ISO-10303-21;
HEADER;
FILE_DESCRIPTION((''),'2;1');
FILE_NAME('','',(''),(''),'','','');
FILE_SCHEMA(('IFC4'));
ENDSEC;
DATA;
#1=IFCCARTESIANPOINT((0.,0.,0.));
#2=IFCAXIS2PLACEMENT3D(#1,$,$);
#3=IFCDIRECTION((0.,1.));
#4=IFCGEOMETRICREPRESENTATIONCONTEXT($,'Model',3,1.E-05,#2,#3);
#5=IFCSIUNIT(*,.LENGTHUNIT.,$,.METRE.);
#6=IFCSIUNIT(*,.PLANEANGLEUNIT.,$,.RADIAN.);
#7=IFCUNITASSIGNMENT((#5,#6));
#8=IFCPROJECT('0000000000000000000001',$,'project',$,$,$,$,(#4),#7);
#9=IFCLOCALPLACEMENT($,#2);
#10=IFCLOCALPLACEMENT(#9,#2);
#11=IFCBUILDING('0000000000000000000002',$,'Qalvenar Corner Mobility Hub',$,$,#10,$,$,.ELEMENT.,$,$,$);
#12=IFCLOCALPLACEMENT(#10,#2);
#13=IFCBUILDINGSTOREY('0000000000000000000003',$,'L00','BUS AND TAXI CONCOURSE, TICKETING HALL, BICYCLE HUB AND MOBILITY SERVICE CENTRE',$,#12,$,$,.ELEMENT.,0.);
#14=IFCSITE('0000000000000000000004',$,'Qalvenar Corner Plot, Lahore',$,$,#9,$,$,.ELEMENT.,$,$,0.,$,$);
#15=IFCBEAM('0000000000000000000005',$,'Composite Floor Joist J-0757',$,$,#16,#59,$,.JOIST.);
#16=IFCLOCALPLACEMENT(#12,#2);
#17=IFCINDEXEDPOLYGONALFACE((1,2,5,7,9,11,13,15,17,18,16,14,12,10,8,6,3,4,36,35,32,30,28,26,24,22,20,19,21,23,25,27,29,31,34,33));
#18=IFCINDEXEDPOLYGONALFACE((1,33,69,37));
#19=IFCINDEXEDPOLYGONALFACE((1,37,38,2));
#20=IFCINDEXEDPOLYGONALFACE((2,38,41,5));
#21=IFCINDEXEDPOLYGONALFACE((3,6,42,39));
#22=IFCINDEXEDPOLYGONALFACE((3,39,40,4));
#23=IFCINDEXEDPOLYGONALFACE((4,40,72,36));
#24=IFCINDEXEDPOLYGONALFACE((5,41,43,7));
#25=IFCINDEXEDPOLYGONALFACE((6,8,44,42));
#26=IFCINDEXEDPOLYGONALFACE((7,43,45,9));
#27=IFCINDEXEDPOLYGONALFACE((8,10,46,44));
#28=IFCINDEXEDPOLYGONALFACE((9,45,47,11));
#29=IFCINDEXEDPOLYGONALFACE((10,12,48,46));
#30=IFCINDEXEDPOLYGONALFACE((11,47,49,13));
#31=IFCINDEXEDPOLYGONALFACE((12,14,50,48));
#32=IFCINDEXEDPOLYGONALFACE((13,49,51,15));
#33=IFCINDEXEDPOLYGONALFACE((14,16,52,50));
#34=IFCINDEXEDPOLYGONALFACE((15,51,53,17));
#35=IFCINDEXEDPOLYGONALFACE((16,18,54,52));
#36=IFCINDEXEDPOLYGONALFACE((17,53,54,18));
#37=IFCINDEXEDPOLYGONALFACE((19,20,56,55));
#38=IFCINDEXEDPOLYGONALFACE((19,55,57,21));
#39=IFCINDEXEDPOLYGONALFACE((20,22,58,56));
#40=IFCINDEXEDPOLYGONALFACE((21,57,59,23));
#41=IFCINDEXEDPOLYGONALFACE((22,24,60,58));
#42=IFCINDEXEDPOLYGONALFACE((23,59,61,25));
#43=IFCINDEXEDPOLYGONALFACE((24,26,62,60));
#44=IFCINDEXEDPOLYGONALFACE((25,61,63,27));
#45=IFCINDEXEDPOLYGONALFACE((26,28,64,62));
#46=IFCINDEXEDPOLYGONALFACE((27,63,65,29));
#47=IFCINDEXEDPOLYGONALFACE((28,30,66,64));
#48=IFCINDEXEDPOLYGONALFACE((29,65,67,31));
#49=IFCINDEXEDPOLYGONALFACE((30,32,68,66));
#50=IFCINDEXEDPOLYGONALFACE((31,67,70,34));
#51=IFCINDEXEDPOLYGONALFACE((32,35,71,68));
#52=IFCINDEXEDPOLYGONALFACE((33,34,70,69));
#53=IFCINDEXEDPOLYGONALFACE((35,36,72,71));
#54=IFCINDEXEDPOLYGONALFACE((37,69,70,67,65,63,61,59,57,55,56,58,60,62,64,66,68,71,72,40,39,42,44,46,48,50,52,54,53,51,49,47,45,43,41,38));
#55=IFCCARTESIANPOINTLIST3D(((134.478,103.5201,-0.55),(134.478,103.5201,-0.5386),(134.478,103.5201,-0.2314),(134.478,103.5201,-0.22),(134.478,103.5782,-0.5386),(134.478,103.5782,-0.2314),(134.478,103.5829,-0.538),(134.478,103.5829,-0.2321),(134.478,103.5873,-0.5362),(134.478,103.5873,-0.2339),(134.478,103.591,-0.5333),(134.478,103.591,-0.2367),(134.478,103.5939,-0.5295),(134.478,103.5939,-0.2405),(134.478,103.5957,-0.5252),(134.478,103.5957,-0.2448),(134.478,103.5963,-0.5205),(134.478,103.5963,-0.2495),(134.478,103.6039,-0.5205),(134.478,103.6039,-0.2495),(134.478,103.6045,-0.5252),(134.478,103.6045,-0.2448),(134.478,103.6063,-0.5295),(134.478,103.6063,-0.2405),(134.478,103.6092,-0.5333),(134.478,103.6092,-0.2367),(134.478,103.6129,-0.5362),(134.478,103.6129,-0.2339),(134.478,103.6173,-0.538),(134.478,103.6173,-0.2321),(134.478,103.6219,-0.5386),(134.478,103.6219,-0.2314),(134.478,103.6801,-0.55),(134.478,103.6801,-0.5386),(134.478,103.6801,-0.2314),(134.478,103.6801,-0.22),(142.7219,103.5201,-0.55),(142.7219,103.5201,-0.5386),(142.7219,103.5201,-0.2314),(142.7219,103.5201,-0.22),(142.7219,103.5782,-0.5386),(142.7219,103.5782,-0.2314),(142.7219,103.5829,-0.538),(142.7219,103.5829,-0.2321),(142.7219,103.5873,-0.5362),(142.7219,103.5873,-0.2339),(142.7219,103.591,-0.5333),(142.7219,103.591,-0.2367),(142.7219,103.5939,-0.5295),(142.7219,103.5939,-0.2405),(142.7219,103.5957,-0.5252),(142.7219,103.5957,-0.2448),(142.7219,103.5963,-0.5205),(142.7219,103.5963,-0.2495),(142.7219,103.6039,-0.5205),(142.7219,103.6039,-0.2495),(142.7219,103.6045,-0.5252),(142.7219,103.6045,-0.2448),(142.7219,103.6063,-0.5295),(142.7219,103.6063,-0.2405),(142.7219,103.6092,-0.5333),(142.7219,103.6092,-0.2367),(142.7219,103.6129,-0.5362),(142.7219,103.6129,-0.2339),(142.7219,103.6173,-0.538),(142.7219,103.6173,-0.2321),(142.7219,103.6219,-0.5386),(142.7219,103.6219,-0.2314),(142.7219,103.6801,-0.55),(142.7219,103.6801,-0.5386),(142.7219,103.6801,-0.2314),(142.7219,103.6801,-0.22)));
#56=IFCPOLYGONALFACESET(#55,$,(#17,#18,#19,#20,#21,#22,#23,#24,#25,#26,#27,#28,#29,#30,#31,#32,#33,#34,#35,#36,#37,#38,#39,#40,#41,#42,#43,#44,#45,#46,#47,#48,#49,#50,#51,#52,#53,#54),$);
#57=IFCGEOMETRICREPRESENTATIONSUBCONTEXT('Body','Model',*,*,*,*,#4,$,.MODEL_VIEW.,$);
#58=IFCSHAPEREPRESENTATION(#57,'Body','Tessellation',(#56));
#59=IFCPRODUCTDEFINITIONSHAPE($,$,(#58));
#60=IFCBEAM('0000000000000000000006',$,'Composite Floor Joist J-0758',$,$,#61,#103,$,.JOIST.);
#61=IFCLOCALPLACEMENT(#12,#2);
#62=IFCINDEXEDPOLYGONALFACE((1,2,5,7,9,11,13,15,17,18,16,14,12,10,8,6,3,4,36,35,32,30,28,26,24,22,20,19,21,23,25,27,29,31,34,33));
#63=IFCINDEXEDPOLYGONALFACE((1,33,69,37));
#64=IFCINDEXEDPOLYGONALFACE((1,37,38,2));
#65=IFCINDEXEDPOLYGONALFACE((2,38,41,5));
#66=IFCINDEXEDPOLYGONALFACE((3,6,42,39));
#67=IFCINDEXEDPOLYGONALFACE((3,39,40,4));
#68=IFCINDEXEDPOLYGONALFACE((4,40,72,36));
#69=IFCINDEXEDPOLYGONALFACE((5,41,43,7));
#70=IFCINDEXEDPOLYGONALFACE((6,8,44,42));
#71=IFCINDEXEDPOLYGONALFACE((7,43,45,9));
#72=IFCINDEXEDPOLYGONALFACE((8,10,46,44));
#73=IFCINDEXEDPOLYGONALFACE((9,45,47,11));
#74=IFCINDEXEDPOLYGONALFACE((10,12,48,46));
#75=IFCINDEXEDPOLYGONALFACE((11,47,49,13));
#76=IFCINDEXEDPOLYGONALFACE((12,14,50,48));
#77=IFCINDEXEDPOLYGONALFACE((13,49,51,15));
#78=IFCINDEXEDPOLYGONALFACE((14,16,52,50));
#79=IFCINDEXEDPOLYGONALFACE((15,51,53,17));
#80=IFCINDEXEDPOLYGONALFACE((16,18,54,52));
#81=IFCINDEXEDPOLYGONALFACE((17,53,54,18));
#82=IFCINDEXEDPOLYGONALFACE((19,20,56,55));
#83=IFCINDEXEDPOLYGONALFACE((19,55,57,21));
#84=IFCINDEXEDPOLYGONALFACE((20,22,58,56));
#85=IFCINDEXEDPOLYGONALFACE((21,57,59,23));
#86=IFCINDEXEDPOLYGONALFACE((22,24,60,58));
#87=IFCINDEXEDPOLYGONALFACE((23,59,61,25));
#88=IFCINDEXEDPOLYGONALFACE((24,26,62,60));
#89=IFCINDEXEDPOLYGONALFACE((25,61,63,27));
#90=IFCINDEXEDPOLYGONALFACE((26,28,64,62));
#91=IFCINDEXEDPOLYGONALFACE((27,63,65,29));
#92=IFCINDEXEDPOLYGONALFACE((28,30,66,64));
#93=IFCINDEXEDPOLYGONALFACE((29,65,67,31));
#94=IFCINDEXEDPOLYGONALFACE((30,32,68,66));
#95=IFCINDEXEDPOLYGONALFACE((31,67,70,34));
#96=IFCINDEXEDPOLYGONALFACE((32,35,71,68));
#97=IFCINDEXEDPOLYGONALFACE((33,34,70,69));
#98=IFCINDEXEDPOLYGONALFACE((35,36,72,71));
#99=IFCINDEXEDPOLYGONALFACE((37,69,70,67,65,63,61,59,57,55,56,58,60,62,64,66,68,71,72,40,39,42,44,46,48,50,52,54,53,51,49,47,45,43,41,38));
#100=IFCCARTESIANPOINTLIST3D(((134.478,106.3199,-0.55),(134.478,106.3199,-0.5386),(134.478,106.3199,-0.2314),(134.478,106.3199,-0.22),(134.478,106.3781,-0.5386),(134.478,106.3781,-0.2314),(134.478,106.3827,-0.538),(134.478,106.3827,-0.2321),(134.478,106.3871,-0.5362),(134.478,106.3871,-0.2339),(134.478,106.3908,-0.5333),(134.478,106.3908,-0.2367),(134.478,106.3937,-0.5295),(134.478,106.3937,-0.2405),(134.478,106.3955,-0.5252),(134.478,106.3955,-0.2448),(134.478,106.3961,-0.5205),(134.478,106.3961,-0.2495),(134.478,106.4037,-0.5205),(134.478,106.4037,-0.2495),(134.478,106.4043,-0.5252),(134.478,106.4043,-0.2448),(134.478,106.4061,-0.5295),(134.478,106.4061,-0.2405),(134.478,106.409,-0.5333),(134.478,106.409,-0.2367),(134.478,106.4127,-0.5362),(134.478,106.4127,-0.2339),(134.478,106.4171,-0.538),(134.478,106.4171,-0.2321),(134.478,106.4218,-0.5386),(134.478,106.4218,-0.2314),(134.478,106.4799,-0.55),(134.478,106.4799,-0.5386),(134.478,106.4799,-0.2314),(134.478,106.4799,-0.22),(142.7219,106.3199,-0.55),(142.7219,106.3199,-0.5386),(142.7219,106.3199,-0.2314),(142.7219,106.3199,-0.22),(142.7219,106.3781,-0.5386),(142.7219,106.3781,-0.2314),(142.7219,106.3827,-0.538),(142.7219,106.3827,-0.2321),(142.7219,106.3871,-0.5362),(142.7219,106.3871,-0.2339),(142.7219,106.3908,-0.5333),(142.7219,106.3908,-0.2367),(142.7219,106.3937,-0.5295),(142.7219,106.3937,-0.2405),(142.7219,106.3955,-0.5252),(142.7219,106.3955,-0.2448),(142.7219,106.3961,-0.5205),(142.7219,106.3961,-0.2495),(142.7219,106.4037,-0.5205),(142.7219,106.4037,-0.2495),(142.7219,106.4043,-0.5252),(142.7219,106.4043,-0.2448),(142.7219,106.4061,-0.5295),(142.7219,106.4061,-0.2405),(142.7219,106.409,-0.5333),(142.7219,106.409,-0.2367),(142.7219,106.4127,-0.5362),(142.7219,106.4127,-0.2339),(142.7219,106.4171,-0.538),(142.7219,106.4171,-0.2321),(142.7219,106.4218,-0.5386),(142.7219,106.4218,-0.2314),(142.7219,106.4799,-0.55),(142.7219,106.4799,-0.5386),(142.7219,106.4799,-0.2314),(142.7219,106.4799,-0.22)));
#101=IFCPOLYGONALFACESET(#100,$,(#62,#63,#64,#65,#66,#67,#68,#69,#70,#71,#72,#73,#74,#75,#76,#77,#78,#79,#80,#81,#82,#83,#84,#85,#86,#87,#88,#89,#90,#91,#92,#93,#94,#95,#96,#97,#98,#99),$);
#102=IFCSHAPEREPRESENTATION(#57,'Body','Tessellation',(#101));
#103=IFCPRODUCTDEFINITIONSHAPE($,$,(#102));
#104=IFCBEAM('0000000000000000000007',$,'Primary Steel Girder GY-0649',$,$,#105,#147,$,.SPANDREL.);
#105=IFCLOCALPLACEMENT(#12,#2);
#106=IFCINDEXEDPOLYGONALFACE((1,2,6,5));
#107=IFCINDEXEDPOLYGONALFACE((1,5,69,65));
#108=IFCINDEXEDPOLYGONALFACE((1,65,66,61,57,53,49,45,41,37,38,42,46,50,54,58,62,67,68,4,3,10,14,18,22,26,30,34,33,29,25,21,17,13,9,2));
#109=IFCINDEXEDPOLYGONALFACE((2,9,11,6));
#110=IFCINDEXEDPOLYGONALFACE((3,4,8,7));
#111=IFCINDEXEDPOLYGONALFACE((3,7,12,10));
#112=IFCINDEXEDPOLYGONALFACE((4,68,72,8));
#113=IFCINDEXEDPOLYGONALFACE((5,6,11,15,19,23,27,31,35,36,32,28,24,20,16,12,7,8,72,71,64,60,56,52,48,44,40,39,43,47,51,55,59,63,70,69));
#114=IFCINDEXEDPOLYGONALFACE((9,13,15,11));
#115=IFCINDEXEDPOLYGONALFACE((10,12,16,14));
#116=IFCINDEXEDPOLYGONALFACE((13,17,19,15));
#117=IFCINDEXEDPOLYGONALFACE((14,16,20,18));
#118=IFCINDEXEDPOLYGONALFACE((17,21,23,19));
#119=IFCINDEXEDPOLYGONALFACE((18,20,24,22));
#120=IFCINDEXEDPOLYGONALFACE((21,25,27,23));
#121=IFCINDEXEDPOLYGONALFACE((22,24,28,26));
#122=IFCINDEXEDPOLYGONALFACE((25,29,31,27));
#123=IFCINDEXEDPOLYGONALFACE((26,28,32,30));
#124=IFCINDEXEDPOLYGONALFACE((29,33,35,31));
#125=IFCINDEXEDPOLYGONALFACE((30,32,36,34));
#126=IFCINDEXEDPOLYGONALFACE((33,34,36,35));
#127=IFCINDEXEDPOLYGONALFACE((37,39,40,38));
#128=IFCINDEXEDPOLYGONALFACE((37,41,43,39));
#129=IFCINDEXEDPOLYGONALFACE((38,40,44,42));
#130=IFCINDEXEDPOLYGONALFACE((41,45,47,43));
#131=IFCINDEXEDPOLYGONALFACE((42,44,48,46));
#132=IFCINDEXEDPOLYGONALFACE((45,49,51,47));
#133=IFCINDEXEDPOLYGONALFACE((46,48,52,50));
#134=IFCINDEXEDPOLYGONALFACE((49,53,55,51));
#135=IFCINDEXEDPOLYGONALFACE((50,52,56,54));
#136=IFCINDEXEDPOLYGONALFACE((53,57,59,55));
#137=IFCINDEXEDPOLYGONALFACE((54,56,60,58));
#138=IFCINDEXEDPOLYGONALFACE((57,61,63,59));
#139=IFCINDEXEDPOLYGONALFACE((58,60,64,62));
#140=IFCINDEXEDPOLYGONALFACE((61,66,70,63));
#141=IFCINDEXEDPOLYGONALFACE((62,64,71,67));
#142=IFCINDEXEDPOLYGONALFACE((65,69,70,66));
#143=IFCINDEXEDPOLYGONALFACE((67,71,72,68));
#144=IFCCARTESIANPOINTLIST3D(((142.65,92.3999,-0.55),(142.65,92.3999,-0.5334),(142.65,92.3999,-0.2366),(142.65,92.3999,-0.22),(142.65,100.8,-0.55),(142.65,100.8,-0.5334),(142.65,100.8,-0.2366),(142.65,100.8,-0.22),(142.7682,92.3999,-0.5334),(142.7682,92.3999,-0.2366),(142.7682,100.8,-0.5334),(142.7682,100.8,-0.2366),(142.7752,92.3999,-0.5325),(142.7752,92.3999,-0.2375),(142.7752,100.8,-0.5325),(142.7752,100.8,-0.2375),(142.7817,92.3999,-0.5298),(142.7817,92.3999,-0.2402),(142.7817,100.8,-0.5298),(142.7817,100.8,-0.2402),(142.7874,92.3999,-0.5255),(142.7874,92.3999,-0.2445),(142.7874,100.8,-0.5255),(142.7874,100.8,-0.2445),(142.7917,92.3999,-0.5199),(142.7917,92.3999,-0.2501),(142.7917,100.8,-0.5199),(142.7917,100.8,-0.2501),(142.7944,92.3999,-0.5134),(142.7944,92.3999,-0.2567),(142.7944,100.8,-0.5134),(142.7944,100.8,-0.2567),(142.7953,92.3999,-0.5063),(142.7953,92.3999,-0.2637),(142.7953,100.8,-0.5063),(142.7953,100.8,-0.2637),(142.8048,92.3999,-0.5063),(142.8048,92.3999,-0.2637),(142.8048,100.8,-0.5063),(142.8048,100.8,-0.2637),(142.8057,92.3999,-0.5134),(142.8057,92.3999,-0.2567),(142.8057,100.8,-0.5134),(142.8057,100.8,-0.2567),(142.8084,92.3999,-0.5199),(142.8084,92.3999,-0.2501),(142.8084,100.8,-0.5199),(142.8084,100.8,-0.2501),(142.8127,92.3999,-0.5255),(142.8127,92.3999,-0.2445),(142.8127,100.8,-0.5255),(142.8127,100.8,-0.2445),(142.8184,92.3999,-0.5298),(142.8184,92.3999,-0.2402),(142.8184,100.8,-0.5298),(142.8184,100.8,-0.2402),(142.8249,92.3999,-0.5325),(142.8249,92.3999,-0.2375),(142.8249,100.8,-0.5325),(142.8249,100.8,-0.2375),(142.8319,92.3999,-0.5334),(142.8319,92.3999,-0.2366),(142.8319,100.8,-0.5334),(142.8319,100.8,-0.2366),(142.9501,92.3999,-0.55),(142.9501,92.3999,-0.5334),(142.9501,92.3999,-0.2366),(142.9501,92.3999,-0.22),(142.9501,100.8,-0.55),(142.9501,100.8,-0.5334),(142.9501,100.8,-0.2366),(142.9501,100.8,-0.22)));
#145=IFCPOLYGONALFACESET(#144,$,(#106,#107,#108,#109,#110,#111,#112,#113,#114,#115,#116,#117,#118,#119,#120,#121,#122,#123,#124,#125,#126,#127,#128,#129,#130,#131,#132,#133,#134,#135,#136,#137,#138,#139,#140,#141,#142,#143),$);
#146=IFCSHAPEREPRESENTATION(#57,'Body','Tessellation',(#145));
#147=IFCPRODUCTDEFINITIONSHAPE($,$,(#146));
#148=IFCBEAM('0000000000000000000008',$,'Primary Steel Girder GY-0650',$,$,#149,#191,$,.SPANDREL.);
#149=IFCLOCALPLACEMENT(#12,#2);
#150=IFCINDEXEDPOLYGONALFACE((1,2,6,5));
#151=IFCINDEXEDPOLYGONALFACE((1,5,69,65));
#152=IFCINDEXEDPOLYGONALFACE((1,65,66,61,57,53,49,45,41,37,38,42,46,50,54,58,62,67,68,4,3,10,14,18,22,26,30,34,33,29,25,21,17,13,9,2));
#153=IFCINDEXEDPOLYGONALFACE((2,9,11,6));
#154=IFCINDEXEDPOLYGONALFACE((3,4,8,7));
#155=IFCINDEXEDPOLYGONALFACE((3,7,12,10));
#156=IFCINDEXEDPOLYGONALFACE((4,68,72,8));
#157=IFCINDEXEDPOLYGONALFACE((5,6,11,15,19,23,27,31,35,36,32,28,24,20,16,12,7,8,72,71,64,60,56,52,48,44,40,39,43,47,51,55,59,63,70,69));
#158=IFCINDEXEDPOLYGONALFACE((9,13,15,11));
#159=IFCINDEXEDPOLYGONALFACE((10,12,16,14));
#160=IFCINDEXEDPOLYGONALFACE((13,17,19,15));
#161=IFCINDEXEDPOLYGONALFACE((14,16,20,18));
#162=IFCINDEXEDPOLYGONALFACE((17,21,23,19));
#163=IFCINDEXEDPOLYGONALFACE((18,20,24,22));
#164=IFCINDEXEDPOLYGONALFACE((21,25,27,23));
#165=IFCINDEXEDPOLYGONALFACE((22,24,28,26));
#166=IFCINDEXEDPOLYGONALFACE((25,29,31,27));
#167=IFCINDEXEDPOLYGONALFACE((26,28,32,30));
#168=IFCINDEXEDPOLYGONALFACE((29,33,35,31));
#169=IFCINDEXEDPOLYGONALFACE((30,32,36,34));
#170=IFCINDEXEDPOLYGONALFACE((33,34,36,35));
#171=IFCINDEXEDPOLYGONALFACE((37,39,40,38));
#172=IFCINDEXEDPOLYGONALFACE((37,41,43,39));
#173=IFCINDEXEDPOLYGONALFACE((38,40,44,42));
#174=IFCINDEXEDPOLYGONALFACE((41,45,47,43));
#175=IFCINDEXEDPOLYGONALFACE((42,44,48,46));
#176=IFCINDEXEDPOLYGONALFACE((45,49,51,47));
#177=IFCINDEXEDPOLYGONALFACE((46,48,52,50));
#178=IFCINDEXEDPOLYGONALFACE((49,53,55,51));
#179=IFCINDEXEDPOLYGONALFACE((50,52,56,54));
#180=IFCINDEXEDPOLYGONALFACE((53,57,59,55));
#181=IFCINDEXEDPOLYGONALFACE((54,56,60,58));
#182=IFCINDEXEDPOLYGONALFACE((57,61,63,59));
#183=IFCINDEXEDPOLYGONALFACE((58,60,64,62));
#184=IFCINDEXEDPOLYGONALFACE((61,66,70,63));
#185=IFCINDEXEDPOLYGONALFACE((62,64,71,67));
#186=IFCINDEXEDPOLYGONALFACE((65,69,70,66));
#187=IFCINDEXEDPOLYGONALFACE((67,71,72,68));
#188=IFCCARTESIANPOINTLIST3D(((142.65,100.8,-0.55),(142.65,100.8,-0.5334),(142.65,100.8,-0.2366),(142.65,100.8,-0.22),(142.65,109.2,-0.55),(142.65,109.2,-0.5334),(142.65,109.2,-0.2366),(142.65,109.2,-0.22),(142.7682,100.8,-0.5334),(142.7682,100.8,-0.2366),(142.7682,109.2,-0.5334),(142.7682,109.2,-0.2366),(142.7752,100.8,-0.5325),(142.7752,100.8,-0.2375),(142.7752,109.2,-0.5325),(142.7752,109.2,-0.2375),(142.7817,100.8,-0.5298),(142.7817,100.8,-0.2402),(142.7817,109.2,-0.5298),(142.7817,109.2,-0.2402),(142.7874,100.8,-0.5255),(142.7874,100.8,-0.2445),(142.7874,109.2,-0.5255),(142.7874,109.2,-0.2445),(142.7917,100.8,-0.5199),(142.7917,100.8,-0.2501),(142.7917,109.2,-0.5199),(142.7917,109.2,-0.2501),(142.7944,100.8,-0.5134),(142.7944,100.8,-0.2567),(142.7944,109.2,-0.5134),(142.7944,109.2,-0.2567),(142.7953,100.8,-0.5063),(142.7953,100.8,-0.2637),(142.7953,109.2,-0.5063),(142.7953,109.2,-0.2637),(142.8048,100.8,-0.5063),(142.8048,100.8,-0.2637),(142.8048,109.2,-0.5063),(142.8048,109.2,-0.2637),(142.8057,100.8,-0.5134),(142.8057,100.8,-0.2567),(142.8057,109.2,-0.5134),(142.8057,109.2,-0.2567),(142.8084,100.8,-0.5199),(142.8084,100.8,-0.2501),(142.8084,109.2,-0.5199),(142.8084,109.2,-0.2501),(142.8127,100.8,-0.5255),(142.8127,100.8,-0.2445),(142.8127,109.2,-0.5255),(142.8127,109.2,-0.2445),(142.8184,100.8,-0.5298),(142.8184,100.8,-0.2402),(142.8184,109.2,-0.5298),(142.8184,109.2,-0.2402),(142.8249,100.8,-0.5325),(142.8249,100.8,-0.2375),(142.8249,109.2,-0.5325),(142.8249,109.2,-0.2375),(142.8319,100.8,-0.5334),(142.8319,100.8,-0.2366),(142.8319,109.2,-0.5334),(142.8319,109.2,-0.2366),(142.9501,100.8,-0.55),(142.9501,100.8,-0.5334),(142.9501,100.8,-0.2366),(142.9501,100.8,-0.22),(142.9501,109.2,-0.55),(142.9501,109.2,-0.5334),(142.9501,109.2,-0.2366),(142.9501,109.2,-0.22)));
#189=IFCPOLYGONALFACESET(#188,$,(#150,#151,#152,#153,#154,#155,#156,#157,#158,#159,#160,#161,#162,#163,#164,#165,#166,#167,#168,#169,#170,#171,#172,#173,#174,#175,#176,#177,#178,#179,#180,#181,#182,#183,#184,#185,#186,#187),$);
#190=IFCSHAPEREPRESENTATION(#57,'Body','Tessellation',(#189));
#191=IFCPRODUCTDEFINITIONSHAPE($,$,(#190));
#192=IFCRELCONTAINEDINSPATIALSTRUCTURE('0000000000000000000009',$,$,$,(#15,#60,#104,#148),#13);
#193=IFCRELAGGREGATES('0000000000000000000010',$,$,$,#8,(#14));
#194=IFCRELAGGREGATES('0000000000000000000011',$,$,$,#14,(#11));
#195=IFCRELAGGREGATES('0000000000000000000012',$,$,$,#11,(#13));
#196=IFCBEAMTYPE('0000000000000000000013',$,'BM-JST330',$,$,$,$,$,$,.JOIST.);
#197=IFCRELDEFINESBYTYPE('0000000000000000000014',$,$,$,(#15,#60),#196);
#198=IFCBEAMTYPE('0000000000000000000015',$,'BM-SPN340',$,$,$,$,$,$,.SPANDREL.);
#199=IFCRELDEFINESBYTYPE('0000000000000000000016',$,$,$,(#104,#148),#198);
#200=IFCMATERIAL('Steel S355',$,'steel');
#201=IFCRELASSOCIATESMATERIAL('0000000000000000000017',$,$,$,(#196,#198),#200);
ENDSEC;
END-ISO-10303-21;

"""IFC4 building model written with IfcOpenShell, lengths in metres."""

from ifc_helpers import new_model, si_unit, direction, frame, origin, origin_2d, place, context, subcontext, project, spatial, i_section, extrude, material, material_profile, profile_set, type_object, element, save


model = new_model("IFC4")

# Units and contexts
model_context = context("Model", 3, precision=1e-05, world=origin(), true_north=direction((0.0, 1.0)))
body_context = subcontext(model_context, "Body", "Model", "MODEL_VIEW")
ifc_project = project(units=[si_unit("LENGTHUNIT", "METRE"), si_unit("PLANEANGLEUNIT", "RADIAN")], contexts=[model_context])

# Site, building, storey
site_placement = place(None, origin())
site = spatial("IfcSite", under=ifc_project, at=site_placement, Name="Qalvenar Corner Plot, Lahore", CompositionType="ELEMENT", RefElevation=0.0)
building_placement = place(site_placement, origin())
building = spatial("IfcBuilding", under=site, at=building_placement, Name="Qalvenar Corner Mobility Hub", CompositionType="ELEMENT")
storey_placement = place(building_placement, origin())
storey = spatial("IfcBuildingStorey", under=building, at=storey_placement, Name="L00", Description="BUS AND TAXI CONCOURSE, TICKETING HALL, BICYCLE HUB AND MOBILITY SERVICE CENTRE", CompositionType="ELEMENT", Elevation=0.0)

# Shared definitions
ifc_material_1 = material(Name="Steel S355", Category="steel")

# Beams
ifc_material_profile_1 = material_profile(ifc_material_1, i_section(OverallWidth=0.1599, OverallDepth=0.3301, WebThickness=0.0076, FlangeThickness=0.0115, FilletRadius=0.0181, at=origin_2d()), Name="IPE330")
ifc_profile_set_1 = profile_set([ifc_material_profile_1], Name="Steel S355")
beam_type_1 = type_object("IfcBeamType", Name="BM-JST330", PredefinedType="JOIST", material=ifc_profile_set_1)
for number, where, z_axis, x_axis, name in (
    (1, (134.478, 103.6001, -0.385), (1.0, 0.0, 0.0), (0.0, 1.0, 0.0), "Composite Floor Joist J-0757"),
    (2, (134.478, 106.3999, -0.385), (1.0, 0.0, 0.0), (0.0, 1.0, 0.0), "Composite Floor Joist J-0758"),
):
    element("IfcBeam", number, at=place(storey_placement, frame(where, z_axis=z_axis, x_axis=x_axis)), inside=storey, type_object=beam_type_1, Name=name, PredefinedType="JOIST", context=body_context, shape_type="SweptSolid", body=[
        extrude(i_section(OverallWidth=0.1599, OverallDepth=0.3301, WebThickness=0.0076, FlangeThickness=0.0115, FilletRadius=0.0181, at=origin_2d()), origin(), (0.0, 0.0, 1.0), 8.2439),
    ])
ifc_material_profile_2 = material_profile(ifc_material_1, i_section(OverallWidth=0.3, OverallDepth=0.3301, WebThickness=0.0095, FlangeThickness=0.0166, FilletRadius=0.0271, at=origin_2d()), Name="HEA340")
ifc_profile_set_2 = profile_set([ifc_material_profile_2], Name="Steel S355")
beam_type_2 = type_object("IfcBeamType", Name="BM-SPN340", PredefinedType="SPANDREL", material=ifc_profile_set_2)
beam_1_placement = place(storey_placement, frame((142.8, 92.3999, -0.385), z_axis=(0.0, 1.0, 0.0), x_axis=(-1.0, 0.0, 0.0)))
element("IfcBeam", 3, at=beam_1_placement, inside=storey, type_object=beam_type_2, Name="Primary Steel Girder GY-0649", PredefinedType="SPANDREL", context=body_context, shape_type="SweptSolid", body=[
    extrude(i_section(OverallWidth=0.3, OverallDepth=0.3301, WebThickness=0.0095, FlangeThickness=0.0166, FilletRadius=0.0271, at=origin_2d()), origin(), (0.0, 0.0, 1.0), 8.4001),
])
beam_2_placement = place(storey_placement, frame((142.8, 100.8, -0.385), z_axis=(0.0, 1.0, 0.0), x_axis=(-1.0, 0.0, 0.0)))
element("IfcBeam", 4, at=beam_2_placement, inside=storey, type_object=beam_type_2, Name="Primary Steel Girder GY-0650", PredefinedType="SPANDREL", context=body_context, shape_type="SweptSolid", body=[
    extrude(i_section(OverallWidth=0.3, OverallDepth=0.3301, WebThickness=0.0095, FlangeThickness=0.0166, FilletRadius=0.0271, at=origin_2d()), origin(), (0.0, 0.0, 1.0), 8.3999),
])

save(model, "model.ifc")
